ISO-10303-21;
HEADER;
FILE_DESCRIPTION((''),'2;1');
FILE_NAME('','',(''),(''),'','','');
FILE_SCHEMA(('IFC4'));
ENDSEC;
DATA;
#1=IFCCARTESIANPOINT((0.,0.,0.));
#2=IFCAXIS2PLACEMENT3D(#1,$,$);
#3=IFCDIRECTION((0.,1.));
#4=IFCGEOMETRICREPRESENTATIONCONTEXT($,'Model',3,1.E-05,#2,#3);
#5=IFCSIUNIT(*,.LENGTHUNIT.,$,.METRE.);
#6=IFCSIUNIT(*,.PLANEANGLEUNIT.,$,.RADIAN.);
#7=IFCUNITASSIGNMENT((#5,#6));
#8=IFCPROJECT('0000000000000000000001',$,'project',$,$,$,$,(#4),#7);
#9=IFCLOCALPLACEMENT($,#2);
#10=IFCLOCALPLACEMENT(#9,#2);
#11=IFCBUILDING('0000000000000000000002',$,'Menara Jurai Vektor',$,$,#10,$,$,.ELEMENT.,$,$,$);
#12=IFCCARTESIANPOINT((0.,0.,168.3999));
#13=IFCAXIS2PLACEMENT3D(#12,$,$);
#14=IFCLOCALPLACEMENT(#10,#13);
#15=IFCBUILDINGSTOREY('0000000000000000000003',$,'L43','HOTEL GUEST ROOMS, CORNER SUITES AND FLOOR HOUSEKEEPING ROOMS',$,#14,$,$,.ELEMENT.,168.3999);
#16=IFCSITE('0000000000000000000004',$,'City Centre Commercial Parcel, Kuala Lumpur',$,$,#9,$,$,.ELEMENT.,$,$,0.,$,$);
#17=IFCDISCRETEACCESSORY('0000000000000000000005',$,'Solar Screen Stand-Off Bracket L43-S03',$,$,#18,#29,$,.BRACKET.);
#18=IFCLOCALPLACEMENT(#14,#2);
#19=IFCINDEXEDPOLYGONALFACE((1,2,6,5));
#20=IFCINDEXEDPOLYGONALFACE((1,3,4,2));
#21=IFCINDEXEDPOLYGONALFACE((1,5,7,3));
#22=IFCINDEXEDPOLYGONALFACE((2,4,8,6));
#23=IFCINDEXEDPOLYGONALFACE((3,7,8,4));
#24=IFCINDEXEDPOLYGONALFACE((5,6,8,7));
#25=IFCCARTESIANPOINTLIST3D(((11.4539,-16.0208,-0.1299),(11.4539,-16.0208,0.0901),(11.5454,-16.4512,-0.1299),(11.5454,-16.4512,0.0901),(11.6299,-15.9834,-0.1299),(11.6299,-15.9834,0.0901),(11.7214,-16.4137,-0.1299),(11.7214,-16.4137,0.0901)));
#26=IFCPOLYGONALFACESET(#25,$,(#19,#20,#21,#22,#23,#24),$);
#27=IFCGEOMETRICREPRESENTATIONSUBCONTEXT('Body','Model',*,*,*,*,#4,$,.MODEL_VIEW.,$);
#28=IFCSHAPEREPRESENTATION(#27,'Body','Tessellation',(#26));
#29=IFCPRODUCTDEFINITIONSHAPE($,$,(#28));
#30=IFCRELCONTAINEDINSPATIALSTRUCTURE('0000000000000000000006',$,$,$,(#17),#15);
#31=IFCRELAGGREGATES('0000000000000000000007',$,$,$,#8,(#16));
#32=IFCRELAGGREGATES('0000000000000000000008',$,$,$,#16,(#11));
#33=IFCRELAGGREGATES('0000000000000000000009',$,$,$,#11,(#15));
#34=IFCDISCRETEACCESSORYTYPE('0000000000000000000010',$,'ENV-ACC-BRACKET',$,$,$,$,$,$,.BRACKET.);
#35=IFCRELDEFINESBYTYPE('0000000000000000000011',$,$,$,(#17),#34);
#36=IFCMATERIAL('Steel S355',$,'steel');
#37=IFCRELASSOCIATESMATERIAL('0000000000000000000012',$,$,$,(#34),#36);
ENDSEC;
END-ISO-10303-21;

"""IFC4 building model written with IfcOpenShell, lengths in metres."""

from ifc_helpers import new_model, si_unit, direction, frame, origin, origin_2d, place, context, subcontext, project, spatial, rectangle, extrude, material, type_object, element, save


model = new_model("IFC4")

# Units and contexts
model_context = context("Model", 3, precision=1e-05, world=origin(), true_north=direction((0.0, 1.0)))
body_context = subcontext(model_context, "Body", "Model", "MODEL_VIEW")
ifc_project = project(units=[si_unit("LENGTHUNIT", "METRE"), si_unit("PLANEANGLEUNIT", "RADIAN")], contexts=[model_context])

# Site, building, storey
site_placement = place(None, origin())
site = spatial("IfcSite", under=ifc_project, at=site_placement, Name="City Centre Commercial Parcel, Kuala Lumpur", CompositionType="ELEMENT", RefElevation=0.0)
building_placement = place(site_placement, origin())
building = spatial("IfcBuilding", under=site, at=building_placement, Name="Menara Jurai Vektor", CompositionType="ELEMENT")
storey_placement = place(building_placement, frame((0.0, 0.0, 168.3999)))
storey = spatial("IfcBuildingStorey", under=building, at=storey_placement, Name="L43", Description="HOTEL GUEST ROOMS, CORNER SUITES AND FLOOR HOUSEKEEPING ROOMS", CompositionType="ELEMENT", Elevation=168.3999)

# Shared definitions
ifc_material_1 = material(Name="Steel S355", Category="steel")

# Discrete accessory
discrete_accessory_type = type_object("IfcDiscreteAccessoryType", Name="ENV-ACC-BRACKET", PredefinedType="BRACKET", material=ifc_material_1)
discrete_accessory_placement = place(storey_placement, frame((11.5876, -16.2173, -0.1299), z_axis=(0.0, 0.0, 1.0), x_axis=(0.978148, 0.207912, 0.0)))
element("IfcDiscreteAccessory", 1, at=discrete_accessory_placement, inside=storey, type_object=discrete_accessory_type, Name="Solar Screen Stand-Off Bracket L43-S03", PredefinedType="BRACKET", context=body_context, shape_type="SweptSolid", body=[
    extrude(rectangle(XDim=0.1799, YDim=0.4399, at=origin_2d()), origin(), (0.0, 0.0, 1.0), 0.22),
])

save(model, "model.ifc")
